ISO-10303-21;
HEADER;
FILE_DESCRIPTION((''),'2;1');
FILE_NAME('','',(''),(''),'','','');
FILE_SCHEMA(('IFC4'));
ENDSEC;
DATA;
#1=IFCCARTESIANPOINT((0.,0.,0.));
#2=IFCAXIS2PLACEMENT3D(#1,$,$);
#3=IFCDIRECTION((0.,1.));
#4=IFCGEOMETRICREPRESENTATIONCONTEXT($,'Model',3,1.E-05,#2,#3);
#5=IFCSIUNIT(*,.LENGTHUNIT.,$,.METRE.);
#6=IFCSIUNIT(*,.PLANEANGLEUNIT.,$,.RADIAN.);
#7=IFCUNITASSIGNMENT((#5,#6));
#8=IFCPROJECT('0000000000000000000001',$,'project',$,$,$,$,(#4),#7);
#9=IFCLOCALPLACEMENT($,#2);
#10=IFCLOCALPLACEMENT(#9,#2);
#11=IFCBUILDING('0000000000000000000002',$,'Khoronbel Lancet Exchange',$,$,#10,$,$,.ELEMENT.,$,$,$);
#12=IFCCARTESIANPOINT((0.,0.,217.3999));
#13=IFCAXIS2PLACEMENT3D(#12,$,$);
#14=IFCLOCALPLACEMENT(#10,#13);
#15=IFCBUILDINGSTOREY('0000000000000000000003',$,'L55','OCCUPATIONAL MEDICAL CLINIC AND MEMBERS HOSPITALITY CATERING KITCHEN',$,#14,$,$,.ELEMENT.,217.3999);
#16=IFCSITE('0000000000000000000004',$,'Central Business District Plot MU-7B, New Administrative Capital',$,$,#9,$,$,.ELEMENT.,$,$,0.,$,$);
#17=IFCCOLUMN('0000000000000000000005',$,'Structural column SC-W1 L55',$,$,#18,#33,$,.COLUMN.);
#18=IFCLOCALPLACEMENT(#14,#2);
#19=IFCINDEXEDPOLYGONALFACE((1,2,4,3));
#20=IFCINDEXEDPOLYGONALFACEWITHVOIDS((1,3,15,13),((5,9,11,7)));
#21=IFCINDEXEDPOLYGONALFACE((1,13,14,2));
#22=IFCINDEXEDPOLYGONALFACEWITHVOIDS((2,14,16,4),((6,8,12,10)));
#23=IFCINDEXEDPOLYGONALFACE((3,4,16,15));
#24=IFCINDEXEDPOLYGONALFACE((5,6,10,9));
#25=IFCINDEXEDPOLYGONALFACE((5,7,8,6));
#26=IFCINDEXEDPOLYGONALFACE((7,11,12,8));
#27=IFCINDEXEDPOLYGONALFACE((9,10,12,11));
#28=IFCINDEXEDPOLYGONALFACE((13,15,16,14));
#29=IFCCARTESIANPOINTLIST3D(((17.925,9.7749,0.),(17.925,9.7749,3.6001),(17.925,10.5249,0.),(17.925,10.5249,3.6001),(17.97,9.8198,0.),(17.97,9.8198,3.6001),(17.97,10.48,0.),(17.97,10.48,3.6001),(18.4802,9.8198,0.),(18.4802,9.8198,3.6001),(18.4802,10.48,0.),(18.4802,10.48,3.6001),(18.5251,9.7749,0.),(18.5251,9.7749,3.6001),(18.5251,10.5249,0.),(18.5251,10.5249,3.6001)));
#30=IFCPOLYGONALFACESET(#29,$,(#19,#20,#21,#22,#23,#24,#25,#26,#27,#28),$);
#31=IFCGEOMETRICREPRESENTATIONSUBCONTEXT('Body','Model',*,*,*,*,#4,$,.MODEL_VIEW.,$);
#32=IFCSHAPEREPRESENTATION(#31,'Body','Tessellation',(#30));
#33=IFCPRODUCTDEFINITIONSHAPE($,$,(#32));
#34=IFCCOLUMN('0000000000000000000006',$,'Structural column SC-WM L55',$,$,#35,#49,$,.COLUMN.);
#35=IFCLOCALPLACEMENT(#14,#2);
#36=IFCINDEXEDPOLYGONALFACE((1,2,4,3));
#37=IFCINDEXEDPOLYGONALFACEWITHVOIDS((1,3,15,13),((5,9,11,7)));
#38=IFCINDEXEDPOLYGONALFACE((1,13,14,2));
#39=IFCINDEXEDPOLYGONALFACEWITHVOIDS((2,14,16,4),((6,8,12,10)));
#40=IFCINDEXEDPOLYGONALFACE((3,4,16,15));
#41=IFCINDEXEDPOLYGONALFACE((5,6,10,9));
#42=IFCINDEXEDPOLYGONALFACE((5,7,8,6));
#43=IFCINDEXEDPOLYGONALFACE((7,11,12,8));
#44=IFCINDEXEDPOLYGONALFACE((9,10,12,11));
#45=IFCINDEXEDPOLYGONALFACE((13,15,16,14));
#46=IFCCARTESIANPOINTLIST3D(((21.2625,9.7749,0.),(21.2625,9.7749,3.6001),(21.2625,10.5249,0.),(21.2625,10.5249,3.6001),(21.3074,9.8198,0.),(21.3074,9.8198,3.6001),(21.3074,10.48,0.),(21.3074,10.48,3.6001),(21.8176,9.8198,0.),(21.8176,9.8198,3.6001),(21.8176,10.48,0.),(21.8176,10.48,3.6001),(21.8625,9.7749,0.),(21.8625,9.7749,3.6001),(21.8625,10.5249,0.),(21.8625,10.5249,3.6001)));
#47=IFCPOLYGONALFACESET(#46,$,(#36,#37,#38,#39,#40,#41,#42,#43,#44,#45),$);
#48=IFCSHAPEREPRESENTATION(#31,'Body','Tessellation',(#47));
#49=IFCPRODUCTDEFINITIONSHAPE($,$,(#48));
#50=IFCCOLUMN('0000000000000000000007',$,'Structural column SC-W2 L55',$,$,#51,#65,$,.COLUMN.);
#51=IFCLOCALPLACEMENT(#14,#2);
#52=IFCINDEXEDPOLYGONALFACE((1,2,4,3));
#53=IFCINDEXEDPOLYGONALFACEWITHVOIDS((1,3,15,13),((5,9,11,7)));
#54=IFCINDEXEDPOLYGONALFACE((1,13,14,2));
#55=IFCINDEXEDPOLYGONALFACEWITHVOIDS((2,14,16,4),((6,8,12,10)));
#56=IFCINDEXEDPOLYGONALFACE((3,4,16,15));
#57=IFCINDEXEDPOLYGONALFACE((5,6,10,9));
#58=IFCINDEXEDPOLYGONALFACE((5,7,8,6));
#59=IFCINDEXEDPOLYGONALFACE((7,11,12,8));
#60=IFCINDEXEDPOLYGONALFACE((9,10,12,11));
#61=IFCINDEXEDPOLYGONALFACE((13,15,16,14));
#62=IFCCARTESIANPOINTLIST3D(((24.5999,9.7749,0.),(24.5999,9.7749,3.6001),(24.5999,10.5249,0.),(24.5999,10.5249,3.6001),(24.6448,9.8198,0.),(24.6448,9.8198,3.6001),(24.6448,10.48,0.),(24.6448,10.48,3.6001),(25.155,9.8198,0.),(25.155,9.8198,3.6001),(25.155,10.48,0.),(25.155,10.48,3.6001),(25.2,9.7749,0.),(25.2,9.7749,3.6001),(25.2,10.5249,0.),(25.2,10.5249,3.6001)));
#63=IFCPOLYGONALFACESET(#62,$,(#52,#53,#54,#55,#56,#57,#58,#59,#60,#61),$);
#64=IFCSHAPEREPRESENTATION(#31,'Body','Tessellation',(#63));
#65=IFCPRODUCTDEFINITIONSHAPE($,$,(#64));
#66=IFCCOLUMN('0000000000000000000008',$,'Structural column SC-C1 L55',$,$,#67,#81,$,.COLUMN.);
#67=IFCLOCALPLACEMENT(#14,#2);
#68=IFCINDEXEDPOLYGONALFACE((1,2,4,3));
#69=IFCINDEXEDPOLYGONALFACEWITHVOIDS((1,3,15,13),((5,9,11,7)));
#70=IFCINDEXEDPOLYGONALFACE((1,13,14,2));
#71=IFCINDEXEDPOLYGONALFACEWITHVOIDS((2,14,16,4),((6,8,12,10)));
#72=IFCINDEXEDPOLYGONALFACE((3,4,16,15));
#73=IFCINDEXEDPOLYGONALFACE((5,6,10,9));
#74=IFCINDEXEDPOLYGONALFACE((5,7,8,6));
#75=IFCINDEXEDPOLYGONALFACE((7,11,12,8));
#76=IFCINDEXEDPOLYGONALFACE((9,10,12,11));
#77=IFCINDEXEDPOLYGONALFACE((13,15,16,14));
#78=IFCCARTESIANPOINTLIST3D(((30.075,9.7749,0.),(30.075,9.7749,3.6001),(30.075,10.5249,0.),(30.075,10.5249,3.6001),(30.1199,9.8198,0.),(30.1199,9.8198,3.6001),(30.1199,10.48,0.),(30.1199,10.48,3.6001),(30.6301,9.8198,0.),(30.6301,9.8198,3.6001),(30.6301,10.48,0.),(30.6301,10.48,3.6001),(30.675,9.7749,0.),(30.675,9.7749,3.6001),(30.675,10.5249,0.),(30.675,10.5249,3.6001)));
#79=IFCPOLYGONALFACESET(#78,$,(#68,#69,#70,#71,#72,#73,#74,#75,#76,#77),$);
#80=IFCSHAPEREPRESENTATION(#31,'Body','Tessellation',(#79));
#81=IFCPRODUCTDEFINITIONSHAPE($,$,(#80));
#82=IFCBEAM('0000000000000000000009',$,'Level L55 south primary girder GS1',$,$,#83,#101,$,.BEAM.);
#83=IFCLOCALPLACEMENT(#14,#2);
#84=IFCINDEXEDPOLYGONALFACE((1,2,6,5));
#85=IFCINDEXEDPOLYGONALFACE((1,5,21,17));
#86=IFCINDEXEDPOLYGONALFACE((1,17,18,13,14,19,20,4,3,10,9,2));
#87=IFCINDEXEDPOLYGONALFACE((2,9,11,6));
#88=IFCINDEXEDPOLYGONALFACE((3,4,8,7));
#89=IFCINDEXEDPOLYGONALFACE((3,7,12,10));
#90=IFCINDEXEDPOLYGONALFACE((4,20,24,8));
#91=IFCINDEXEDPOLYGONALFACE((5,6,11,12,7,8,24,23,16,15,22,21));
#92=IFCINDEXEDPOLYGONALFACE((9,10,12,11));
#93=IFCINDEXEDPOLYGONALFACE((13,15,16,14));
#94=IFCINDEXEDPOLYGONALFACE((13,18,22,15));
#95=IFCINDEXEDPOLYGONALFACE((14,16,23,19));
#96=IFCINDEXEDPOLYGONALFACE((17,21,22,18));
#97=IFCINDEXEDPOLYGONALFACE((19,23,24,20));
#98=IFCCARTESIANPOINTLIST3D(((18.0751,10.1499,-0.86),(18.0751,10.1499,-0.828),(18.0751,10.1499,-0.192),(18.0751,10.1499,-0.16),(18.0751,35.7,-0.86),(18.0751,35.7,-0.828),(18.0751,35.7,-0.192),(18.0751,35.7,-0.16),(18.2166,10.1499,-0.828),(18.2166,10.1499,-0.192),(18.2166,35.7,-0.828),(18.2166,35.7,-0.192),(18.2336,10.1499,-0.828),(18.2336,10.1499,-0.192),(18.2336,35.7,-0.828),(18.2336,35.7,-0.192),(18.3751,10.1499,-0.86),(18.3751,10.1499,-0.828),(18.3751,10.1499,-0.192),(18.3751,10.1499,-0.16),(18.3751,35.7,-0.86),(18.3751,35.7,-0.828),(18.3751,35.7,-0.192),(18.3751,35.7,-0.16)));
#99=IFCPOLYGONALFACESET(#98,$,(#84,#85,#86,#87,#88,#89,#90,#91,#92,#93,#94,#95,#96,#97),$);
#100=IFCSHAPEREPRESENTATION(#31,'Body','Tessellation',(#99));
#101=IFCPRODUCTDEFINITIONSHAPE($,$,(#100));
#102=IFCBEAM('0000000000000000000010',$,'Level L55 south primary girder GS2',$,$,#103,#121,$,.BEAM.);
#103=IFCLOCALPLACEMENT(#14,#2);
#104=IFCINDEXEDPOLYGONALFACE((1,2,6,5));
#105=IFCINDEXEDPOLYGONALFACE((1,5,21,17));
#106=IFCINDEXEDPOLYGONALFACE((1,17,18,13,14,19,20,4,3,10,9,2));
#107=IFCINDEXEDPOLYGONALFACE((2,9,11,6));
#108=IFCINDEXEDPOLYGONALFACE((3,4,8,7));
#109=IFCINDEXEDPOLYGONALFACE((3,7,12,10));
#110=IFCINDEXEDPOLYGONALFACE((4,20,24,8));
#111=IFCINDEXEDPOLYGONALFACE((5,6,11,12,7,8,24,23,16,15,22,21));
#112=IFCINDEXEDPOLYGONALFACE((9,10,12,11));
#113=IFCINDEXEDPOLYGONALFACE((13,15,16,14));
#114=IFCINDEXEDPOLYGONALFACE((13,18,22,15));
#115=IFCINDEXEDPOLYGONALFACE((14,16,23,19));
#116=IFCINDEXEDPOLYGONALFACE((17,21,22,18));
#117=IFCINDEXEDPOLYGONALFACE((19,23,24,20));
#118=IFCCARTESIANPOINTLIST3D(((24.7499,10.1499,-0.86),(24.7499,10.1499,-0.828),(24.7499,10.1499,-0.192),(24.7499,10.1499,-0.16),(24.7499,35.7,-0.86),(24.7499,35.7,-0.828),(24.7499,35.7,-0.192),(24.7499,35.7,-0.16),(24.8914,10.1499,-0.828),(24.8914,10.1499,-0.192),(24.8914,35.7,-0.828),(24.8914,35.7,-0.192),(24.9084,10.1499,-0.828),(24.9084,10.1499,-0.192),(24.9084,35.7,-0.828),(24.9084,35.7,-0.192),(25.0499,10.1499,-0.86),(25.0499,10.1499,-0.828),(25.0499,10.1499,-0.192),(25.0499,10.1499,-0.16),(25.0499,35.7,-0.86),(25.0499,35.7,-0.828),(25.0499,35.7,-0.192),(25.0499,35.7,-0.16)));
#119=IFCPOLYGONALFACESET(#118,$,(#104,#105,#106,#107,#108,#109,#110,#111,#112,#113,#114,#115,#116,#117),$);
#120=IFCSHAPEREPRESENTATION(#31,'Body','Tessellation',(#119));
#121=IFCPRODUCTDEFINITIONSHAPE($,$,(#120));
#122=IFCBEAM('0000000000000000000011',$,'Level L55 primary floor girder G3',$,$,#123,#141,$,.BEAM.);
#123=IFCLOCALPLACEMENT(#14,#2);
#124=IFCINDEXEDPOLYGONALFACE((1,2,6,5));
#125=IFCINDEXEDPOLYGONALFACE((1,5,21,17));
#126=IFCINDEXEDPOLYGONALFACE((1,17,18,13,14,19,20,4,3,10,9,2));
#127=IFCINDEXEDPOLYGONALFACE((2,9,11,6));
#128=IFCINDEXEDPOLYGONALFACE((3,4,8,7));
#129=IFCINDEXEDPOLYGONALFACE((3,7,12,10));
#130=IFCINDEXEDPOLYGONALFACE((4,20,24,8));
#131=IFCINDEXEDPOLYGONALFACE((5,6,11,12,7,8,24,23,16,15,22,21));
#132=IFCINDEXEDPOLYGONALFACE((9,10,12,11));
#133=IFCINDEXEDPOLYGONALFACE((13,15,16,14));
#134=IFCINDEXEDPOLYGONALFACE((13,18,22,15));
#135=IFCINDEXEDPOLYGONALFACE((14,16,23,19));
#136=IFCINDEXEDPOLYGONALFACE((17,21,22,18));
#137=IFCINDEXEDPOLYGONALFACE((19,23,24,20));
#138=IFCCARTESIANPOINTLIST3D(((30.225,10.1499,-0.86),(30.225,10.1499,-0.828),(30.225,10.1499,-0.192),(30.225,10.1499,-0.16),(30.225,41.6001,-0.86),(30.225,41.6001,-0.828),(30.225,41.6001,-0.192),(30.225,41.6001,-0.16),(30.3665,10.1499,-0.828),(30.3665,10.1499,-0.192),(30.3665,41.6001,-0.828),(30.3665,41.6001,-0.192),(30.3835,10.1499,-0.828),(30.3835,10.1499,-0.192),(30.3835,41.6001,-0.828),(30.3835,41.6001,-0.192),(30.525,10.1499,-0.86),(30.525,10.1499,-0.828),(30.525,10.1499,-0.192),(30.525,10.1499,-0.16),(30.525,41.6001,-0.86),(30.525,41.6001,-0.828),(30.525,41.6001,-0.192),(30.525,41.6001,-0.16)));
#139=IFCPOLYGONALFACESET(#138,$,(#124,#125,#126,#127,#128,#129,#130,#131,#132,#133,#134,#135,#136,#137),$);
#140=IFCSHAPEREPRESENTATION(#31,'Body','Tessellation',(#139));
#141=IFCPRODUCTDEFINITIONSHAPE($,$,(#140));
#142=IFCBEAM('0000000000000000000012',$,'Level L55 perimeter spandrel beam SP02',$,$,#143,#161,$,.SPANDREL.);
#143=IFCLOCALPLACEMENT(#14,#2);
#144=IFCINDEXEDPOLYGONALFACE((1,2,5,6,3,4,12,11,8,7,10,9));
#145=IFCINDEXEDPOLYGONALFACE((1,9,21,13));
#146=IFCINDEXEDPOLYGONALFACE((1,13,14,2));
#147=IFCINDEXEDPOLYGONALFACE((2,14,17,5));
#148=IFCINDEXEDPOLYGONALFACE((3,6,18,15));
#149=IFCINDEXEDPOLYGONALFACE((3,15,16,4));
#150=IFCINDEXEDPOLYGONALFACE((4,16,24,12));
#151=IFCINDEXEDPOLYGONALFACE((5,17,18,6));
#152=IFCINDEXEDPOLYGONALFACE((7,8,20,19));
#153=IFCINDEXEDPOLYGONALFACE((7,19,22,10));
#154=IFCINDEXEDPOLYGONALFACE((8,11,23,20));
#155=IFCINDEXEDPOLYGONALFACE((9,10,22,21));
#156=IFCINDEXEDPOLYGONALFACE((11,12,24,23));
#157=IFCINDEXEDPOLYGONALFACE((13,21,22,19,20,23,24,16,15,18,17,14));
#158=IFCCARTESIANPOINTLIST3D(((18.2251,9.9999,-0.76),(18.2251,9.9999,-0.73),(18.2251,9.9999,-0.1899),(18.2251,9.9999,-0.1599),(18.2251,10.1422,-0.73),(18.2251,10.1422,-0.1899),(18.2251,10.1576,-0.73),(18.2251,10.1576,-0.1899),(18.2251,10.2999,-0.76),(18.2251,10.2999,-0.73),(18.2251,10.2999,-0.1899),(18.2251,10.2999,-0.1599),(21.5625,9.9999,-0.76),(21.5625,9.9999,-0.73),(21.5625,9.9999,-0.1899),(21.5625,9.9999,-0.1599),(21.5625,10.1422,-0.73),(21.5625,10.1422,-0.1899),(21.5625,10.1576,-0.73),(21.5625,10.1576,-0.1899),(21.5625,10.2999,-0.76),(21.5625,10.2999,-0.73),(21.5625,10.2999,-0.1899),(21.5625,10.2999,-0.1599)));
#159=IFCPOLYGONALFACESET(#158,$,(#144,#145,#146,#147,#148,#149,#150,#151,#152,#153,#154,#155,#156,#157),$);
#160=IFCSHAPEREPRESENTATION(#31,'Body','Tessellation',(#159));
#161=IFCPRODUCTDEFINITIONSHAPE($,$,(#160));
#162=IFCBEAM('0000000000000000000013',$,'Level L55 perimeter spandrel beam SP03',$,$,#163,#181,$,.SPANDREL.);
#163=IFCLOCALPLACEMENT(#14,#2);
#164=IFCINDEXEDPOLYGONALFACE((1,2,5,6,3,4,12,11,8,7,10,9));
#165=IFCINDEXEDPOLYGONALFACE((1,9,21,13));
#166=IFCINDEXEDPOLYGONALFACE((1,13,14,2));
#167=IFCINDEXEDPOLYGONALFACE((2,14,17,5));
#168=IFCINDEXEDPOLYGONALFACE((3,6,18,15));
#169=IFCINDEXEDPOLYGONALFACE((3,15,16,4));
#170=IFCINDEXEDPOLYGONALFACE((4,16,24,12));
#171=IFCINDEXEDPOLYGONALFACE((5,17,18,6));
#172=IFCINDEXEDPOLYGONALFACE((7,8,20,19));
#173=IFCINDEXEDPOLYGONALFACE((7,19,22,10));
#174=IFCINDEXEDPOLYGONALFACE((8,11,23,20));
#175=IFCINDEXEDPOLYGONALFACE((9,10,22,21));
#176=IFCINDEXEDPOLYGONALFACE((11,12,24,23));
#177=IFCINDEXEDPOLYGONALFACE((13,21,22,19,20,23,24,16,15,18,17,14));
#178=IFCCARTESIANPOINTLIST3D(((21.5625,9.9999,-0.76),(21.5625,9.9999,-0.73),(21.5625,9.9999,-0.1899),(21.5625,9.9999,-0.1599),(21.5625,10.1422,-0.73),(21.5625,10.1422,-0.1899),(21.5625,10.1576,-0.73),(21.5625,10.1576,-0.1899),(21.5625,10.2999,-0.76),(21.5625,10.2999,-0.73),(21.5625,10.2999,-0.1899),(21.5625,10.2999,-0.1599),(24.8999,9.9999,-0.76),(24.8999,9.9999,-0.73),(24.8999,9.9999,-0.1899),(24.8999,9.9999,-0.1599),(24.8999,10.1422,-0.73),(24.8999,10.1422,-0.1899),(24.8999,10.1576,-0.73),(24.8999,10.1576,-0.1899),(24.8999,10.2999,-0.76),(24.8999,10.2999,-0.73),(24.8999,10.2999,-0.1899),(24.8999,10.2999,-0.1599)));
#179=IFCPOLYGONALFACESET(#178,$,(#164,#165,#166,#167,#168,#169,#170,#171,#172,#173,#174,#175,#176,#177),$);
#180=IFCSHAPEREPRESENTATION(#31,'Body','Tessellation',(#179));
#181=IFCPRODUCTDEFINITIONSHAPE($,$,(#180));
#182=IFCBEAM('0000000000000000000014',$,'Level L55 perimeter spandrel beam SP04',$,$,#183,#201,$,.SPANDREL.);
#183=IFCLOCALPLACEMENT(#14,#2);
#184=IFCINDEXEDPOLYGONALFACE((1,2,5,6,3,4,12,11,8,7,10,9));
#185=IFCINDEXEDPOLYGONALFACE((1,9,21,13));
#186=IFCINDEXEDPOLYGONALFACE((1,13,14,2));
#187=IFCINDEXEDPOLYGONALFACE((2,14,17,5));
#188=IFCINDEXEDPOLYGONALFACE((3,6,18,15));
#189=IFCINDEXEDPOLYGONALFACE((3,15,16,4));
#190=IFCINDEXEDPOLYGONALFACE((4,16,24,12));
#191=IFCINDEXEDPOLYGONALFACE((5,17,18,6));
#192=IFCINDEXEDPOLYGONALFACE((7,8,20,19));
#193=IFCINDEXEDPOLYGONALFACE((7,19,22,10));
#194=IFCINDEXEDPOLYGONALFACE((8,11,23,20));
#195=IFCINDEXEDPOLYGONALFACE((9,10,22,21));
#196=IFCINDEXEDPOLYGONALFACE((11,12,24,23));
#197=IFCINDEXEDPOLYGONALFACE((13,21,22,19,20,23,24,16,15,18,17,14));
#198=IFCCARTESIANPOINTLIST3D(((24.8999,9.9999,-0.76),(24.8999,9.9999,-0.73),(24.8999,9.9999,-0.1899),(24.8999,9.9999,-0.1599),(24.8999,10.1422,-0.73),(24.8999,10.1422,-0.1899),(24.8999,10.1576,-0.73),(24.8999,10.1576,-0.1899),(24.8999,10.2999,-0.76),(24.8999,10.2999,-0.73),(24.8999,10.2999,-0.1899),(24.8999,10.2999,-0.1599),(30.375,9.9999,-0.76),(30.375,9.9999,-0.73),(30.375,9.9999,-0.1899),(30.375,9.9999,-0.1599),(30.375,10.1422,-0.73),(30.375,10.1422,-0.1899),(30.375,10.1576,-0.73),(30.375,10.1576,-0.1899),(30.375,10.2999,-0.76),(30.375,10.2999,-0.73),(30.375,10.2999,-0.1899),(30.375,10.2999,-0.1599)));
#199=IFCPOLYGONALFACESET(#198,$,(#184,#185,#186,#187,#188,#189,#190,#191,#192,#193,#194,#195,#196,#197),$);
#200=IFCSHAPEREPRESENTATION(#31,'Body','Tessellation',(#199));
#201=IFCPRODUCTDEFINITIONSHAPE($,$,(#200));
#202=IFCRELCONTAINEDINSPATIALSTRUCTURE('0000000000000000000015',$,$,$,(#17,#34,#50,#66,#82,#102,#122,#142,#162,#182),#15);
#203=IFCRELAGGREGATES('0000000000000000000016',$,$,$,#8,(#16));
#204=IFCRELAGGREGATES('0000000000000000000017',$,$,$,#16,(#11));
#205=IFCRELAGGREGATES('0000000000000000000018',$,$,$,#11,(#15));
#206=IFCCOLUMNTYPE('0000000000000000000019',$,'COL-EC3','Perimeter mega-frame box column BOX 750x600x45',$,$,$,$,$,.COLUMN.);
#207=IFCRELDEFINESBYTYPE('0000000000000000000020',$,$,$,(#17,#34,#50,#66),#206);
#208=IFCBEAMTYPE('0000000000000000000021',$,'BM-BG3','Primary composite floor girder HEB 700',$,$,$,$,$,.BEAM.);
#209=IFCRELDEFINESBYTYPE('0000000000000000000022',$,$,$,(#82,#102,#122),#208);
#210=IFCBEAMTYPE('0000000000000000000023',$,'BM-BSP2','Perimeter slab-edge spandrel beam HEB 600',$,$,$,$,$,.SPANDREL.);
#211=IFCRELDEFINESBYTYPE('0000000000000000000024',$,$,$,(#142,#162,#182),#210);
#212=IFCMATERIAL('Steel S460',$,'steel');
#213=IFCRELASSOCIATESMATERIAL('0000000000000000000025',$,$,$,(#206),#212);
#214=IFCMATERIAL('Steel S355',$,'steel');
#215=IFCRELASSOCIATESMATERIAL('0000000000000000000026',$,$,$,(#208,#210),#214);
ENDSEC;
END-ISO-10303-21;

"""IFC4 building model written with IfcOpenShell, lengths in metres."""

from ifc_helpers import new_model, si_unit, direction, frame, origin, origin_2d, place, context, subcontext, project, spatial, hollow_rectangle, i_section, extrude, material, material_profile, profile_set, type_object, element, save


model = new_model("IFC4")

# Units and contexts
model_context = context("Model", 3, precision=1e-05, world=origin(), true_north=direction((0.0, 1.0)))
body_context = subcontext(model_context, "Body", "Model", "MODEL_VIEW")
ifc_project = project(units=[si_unit("LENGTHUNIT", "METRE"), si_unit("PLANEANGLEUNIT", "RADIAN")], contexts=[model_context])

# Site, building, storey
site_placement = place(None, origin())
site = spatial("IfcSite", under=ifc_project, at=site_placement, Name="Central Business District Plot MU-7B, New Administrative Capital", CompositionType="ELEMENT", RefElevation=0.0)
building_placement = place(site_placement, origin())
building = spatial("IfcBuilding", under=site, at=building_placement, Name="Khoronbel Lancet Exchange", CompositionType="ELEMENT")
storey_placement = place(building_placement, frame((0.0, 0.0, 217.3999)))
storey = spatial("IfcBuildingStorey", under=building, at=storey_placement, Name="L55", Description="OCCUPATIONAL MEDICAL CLINIC AND MEMBERS HOSPITALITY CATERING KITCHEN", CompositionType="ELEMENT", Elevation=217.3999)

# Columns
ifc_material_1 = material(Name="Steel S460", Category="steel")
ifc_material_profile_1 = material_profile(ifc_material_1, hollow_rectangle(XDim=0.6001, YDim=0.75, WallThickness=0.0449, at=origin_2d()), Name="BOX 750x600x45")
ifc_profile_set_1 = profile_set([ifc_material_profile_1], Name="Steel S460")
column_type = type_object("IfcColumnType", Name="COL-EC3", Description="Perimeter mega-frame box column BOX 750x600x45", PredefinedType="COLUMN", material=ifc_profile_set_1)
for number, where, z_axis, x_axis, name in (
    (1, (18.2251, 10.1499, 0.0), (0.0, 0.0, 1.0), (1.0, 0.0, 0.0), "Structural column SC-W1 L55"),
    (2, (21.5625, 10.1499, 0.0), (0.0, 0.0, 1.0), (1.0, 0.0, 0.0), "Structural column SC-WM L55"),
    (3, (24.8999, 10.1499, 0.0), (0.0, 0.0, 1.0), (1.0, 0.0, 0.0), "Structural column SC-W2 L55"),
    (4, (30.375, 10.1499, 0.0), (0.0, 0.0, 1.0), (1.0, 0.0, 0.0), "Structural column SC-C1 L55"),
):
    element("IfcColumn", number, at=place(storey_placement, frame(where, z_axis=z_axis, x_axis=x_axis)), inside=storey, type_object=column_type, Name=name, PredefinedType="COLUMN", context=body_context, shape_type="SweptSolid", body=[
        extrude(hollow_rectangle(XDim=0.6001, YDim=0.75, WallThickness=0.0449, at=origin_2d()), origin(), (0.0, 0.0, 1.0), 3.6001),
    ])

# Beams
ifc_material_2 = material(Name="Steel S355", Category="steel")
ifc_material_profile_2 = material_profile(ifc_material_2, i_section(OverallWidth=0.3, OverallDepth=0.7, WebThickness=0.0171, FlangeThickness=0.032, at=origin_2d()), Name="HEB 700")
ifc_profile_set_2 = profile_set([ifc_material_profile_2], Name="Steel S355")
beam_type_1 = type_object("IfcBeamType", Name="BM-BG3", Description="Primary composite floor girder HEB 700", PredefinedType="BEAM", material=ifc_profile_set_2)
for number, where, z_axis, x_axis, name in (
    (5, (18.2251, 10.1499, -0.51), (0.0, 1.0, 0.0), (-1.0, 0.0, 0.0), "Level L55 south primary girder GS1"),
    (6, (24.8999, 10.1499, -0.51), (0.0, 1.0, 0.0), (-1.0, 0.0, 0.0), "Level L55 south primary girder GS2"),
):
    element("IfcBeam", number, at=place(storey_placement, frame(where, z_axis=z_axis, x_axis=x_axis)), inside=storey, type_object=beam_type_1, Name=name, PredefinedType="BEAM", context=body_context, shape_type="SweptSolid", body=[
        extrude(i_section(OverallWidth=0.3, OverallDepth=0.7, WebThickness=0.0171, FlangeThickness=0.032, at=origin_2d()), origin(), (0.0, 0.0, 1.0), 25.55),
    ])
beam_1_placement = place(storey_placement, frame((30.375, 10.1499, -0.51), z_axis=(0.0, 1.0, 0.0), x_axis=(-1.0, 0.0, 0.0)))
element("IfcBeam", 7, at=beam_1_placement, inside=storey, type_object=beam_type_1, Name="Level L55 primary floor girder G3", PredefinedType="BEAM", context=body_context, shape_type="SweptSolid", body=[
    extrude(i_section(OverallWidth=0.3, OverallDepth=0.7, WebThickness=0.0171, FlangeThickness=0.032, at=origin_2d()), origin(), (0.0, 0.0, 1.0), 31.4502),
])
ifc_material_profile_3 = material_profile(ifc_material_2, i_section(OverallWidth=0.3, OverallDepth=0.6001, WebThickness=0.0154, FlangeThickness=0.03, at=origin_2d()), Name="HEB 600")
ifc_profile_set_3 = profile_set([ifc_material_profile_3], Name="Steel S355")
beam_type_2 = type_object("IfcBeamType", Name="BM-BSP2", Description="Perimeter slab-edge spandrel beam HEB 600", PredefinedType="SPANDREL", material=ifc_profile_set_3)
for number, where, z_axis, x_axis, name in (
    (8, (18.2251, 10.1499, -0.46), (1.0, 0.0, 0.0), (0.0, 1.0, 0.0), "Level L55 perimeter spandrel beam SP02"),
    (9, (21.5625, 10.1499, -0.46), (1.0, 0.0, 0.0), (0.0, 1.0, 0.0), "Level L55 perimeter spandrel beam SP03"),
):
    element("IfcBeam", number, at=place(storey_placement, frame(where, z_axis=z_axis, x_axis=x_axis)), inside=storey, type_object=beam_type_2, Name=name, PredefinedType="SPANDREL", context=body_context, shape_type="SweptSolid", body=[
        extrude(i_section(OverallWidth=0.3, OverallDepth=0.6001, WebThickness=0.0154, FlangeThickness=0.03, at=origin_2d()), origin(), (0.0, 0.0, 1.0), 3.3374),
    ])
beam_2_placement = place(storey_placement, frame((24.8999, 10.1499, -0.46), z_axis=(1.0, 0.0, 0.0), x_axis=(0.0, 1.0, 0.0)))
element("IfcBeam", 10, at=beam_2_placement, inside=storey, type_object=beam_type_2, Name="Level L55 perimeter spandrel beam SP04", PredefinedType="SPANDREL", context=body_context, shape_type="SweptSolid", body=[
    extrude(i_section(OverallWidth=0.3, OverallDepth=0.6001, WebThickness=0.0154, FlangeThickness=0.03, at=origin_2d()), origin(), (0.0, 0.0, 1.0), 5.4751),
])

save(model, "model.ifc")
